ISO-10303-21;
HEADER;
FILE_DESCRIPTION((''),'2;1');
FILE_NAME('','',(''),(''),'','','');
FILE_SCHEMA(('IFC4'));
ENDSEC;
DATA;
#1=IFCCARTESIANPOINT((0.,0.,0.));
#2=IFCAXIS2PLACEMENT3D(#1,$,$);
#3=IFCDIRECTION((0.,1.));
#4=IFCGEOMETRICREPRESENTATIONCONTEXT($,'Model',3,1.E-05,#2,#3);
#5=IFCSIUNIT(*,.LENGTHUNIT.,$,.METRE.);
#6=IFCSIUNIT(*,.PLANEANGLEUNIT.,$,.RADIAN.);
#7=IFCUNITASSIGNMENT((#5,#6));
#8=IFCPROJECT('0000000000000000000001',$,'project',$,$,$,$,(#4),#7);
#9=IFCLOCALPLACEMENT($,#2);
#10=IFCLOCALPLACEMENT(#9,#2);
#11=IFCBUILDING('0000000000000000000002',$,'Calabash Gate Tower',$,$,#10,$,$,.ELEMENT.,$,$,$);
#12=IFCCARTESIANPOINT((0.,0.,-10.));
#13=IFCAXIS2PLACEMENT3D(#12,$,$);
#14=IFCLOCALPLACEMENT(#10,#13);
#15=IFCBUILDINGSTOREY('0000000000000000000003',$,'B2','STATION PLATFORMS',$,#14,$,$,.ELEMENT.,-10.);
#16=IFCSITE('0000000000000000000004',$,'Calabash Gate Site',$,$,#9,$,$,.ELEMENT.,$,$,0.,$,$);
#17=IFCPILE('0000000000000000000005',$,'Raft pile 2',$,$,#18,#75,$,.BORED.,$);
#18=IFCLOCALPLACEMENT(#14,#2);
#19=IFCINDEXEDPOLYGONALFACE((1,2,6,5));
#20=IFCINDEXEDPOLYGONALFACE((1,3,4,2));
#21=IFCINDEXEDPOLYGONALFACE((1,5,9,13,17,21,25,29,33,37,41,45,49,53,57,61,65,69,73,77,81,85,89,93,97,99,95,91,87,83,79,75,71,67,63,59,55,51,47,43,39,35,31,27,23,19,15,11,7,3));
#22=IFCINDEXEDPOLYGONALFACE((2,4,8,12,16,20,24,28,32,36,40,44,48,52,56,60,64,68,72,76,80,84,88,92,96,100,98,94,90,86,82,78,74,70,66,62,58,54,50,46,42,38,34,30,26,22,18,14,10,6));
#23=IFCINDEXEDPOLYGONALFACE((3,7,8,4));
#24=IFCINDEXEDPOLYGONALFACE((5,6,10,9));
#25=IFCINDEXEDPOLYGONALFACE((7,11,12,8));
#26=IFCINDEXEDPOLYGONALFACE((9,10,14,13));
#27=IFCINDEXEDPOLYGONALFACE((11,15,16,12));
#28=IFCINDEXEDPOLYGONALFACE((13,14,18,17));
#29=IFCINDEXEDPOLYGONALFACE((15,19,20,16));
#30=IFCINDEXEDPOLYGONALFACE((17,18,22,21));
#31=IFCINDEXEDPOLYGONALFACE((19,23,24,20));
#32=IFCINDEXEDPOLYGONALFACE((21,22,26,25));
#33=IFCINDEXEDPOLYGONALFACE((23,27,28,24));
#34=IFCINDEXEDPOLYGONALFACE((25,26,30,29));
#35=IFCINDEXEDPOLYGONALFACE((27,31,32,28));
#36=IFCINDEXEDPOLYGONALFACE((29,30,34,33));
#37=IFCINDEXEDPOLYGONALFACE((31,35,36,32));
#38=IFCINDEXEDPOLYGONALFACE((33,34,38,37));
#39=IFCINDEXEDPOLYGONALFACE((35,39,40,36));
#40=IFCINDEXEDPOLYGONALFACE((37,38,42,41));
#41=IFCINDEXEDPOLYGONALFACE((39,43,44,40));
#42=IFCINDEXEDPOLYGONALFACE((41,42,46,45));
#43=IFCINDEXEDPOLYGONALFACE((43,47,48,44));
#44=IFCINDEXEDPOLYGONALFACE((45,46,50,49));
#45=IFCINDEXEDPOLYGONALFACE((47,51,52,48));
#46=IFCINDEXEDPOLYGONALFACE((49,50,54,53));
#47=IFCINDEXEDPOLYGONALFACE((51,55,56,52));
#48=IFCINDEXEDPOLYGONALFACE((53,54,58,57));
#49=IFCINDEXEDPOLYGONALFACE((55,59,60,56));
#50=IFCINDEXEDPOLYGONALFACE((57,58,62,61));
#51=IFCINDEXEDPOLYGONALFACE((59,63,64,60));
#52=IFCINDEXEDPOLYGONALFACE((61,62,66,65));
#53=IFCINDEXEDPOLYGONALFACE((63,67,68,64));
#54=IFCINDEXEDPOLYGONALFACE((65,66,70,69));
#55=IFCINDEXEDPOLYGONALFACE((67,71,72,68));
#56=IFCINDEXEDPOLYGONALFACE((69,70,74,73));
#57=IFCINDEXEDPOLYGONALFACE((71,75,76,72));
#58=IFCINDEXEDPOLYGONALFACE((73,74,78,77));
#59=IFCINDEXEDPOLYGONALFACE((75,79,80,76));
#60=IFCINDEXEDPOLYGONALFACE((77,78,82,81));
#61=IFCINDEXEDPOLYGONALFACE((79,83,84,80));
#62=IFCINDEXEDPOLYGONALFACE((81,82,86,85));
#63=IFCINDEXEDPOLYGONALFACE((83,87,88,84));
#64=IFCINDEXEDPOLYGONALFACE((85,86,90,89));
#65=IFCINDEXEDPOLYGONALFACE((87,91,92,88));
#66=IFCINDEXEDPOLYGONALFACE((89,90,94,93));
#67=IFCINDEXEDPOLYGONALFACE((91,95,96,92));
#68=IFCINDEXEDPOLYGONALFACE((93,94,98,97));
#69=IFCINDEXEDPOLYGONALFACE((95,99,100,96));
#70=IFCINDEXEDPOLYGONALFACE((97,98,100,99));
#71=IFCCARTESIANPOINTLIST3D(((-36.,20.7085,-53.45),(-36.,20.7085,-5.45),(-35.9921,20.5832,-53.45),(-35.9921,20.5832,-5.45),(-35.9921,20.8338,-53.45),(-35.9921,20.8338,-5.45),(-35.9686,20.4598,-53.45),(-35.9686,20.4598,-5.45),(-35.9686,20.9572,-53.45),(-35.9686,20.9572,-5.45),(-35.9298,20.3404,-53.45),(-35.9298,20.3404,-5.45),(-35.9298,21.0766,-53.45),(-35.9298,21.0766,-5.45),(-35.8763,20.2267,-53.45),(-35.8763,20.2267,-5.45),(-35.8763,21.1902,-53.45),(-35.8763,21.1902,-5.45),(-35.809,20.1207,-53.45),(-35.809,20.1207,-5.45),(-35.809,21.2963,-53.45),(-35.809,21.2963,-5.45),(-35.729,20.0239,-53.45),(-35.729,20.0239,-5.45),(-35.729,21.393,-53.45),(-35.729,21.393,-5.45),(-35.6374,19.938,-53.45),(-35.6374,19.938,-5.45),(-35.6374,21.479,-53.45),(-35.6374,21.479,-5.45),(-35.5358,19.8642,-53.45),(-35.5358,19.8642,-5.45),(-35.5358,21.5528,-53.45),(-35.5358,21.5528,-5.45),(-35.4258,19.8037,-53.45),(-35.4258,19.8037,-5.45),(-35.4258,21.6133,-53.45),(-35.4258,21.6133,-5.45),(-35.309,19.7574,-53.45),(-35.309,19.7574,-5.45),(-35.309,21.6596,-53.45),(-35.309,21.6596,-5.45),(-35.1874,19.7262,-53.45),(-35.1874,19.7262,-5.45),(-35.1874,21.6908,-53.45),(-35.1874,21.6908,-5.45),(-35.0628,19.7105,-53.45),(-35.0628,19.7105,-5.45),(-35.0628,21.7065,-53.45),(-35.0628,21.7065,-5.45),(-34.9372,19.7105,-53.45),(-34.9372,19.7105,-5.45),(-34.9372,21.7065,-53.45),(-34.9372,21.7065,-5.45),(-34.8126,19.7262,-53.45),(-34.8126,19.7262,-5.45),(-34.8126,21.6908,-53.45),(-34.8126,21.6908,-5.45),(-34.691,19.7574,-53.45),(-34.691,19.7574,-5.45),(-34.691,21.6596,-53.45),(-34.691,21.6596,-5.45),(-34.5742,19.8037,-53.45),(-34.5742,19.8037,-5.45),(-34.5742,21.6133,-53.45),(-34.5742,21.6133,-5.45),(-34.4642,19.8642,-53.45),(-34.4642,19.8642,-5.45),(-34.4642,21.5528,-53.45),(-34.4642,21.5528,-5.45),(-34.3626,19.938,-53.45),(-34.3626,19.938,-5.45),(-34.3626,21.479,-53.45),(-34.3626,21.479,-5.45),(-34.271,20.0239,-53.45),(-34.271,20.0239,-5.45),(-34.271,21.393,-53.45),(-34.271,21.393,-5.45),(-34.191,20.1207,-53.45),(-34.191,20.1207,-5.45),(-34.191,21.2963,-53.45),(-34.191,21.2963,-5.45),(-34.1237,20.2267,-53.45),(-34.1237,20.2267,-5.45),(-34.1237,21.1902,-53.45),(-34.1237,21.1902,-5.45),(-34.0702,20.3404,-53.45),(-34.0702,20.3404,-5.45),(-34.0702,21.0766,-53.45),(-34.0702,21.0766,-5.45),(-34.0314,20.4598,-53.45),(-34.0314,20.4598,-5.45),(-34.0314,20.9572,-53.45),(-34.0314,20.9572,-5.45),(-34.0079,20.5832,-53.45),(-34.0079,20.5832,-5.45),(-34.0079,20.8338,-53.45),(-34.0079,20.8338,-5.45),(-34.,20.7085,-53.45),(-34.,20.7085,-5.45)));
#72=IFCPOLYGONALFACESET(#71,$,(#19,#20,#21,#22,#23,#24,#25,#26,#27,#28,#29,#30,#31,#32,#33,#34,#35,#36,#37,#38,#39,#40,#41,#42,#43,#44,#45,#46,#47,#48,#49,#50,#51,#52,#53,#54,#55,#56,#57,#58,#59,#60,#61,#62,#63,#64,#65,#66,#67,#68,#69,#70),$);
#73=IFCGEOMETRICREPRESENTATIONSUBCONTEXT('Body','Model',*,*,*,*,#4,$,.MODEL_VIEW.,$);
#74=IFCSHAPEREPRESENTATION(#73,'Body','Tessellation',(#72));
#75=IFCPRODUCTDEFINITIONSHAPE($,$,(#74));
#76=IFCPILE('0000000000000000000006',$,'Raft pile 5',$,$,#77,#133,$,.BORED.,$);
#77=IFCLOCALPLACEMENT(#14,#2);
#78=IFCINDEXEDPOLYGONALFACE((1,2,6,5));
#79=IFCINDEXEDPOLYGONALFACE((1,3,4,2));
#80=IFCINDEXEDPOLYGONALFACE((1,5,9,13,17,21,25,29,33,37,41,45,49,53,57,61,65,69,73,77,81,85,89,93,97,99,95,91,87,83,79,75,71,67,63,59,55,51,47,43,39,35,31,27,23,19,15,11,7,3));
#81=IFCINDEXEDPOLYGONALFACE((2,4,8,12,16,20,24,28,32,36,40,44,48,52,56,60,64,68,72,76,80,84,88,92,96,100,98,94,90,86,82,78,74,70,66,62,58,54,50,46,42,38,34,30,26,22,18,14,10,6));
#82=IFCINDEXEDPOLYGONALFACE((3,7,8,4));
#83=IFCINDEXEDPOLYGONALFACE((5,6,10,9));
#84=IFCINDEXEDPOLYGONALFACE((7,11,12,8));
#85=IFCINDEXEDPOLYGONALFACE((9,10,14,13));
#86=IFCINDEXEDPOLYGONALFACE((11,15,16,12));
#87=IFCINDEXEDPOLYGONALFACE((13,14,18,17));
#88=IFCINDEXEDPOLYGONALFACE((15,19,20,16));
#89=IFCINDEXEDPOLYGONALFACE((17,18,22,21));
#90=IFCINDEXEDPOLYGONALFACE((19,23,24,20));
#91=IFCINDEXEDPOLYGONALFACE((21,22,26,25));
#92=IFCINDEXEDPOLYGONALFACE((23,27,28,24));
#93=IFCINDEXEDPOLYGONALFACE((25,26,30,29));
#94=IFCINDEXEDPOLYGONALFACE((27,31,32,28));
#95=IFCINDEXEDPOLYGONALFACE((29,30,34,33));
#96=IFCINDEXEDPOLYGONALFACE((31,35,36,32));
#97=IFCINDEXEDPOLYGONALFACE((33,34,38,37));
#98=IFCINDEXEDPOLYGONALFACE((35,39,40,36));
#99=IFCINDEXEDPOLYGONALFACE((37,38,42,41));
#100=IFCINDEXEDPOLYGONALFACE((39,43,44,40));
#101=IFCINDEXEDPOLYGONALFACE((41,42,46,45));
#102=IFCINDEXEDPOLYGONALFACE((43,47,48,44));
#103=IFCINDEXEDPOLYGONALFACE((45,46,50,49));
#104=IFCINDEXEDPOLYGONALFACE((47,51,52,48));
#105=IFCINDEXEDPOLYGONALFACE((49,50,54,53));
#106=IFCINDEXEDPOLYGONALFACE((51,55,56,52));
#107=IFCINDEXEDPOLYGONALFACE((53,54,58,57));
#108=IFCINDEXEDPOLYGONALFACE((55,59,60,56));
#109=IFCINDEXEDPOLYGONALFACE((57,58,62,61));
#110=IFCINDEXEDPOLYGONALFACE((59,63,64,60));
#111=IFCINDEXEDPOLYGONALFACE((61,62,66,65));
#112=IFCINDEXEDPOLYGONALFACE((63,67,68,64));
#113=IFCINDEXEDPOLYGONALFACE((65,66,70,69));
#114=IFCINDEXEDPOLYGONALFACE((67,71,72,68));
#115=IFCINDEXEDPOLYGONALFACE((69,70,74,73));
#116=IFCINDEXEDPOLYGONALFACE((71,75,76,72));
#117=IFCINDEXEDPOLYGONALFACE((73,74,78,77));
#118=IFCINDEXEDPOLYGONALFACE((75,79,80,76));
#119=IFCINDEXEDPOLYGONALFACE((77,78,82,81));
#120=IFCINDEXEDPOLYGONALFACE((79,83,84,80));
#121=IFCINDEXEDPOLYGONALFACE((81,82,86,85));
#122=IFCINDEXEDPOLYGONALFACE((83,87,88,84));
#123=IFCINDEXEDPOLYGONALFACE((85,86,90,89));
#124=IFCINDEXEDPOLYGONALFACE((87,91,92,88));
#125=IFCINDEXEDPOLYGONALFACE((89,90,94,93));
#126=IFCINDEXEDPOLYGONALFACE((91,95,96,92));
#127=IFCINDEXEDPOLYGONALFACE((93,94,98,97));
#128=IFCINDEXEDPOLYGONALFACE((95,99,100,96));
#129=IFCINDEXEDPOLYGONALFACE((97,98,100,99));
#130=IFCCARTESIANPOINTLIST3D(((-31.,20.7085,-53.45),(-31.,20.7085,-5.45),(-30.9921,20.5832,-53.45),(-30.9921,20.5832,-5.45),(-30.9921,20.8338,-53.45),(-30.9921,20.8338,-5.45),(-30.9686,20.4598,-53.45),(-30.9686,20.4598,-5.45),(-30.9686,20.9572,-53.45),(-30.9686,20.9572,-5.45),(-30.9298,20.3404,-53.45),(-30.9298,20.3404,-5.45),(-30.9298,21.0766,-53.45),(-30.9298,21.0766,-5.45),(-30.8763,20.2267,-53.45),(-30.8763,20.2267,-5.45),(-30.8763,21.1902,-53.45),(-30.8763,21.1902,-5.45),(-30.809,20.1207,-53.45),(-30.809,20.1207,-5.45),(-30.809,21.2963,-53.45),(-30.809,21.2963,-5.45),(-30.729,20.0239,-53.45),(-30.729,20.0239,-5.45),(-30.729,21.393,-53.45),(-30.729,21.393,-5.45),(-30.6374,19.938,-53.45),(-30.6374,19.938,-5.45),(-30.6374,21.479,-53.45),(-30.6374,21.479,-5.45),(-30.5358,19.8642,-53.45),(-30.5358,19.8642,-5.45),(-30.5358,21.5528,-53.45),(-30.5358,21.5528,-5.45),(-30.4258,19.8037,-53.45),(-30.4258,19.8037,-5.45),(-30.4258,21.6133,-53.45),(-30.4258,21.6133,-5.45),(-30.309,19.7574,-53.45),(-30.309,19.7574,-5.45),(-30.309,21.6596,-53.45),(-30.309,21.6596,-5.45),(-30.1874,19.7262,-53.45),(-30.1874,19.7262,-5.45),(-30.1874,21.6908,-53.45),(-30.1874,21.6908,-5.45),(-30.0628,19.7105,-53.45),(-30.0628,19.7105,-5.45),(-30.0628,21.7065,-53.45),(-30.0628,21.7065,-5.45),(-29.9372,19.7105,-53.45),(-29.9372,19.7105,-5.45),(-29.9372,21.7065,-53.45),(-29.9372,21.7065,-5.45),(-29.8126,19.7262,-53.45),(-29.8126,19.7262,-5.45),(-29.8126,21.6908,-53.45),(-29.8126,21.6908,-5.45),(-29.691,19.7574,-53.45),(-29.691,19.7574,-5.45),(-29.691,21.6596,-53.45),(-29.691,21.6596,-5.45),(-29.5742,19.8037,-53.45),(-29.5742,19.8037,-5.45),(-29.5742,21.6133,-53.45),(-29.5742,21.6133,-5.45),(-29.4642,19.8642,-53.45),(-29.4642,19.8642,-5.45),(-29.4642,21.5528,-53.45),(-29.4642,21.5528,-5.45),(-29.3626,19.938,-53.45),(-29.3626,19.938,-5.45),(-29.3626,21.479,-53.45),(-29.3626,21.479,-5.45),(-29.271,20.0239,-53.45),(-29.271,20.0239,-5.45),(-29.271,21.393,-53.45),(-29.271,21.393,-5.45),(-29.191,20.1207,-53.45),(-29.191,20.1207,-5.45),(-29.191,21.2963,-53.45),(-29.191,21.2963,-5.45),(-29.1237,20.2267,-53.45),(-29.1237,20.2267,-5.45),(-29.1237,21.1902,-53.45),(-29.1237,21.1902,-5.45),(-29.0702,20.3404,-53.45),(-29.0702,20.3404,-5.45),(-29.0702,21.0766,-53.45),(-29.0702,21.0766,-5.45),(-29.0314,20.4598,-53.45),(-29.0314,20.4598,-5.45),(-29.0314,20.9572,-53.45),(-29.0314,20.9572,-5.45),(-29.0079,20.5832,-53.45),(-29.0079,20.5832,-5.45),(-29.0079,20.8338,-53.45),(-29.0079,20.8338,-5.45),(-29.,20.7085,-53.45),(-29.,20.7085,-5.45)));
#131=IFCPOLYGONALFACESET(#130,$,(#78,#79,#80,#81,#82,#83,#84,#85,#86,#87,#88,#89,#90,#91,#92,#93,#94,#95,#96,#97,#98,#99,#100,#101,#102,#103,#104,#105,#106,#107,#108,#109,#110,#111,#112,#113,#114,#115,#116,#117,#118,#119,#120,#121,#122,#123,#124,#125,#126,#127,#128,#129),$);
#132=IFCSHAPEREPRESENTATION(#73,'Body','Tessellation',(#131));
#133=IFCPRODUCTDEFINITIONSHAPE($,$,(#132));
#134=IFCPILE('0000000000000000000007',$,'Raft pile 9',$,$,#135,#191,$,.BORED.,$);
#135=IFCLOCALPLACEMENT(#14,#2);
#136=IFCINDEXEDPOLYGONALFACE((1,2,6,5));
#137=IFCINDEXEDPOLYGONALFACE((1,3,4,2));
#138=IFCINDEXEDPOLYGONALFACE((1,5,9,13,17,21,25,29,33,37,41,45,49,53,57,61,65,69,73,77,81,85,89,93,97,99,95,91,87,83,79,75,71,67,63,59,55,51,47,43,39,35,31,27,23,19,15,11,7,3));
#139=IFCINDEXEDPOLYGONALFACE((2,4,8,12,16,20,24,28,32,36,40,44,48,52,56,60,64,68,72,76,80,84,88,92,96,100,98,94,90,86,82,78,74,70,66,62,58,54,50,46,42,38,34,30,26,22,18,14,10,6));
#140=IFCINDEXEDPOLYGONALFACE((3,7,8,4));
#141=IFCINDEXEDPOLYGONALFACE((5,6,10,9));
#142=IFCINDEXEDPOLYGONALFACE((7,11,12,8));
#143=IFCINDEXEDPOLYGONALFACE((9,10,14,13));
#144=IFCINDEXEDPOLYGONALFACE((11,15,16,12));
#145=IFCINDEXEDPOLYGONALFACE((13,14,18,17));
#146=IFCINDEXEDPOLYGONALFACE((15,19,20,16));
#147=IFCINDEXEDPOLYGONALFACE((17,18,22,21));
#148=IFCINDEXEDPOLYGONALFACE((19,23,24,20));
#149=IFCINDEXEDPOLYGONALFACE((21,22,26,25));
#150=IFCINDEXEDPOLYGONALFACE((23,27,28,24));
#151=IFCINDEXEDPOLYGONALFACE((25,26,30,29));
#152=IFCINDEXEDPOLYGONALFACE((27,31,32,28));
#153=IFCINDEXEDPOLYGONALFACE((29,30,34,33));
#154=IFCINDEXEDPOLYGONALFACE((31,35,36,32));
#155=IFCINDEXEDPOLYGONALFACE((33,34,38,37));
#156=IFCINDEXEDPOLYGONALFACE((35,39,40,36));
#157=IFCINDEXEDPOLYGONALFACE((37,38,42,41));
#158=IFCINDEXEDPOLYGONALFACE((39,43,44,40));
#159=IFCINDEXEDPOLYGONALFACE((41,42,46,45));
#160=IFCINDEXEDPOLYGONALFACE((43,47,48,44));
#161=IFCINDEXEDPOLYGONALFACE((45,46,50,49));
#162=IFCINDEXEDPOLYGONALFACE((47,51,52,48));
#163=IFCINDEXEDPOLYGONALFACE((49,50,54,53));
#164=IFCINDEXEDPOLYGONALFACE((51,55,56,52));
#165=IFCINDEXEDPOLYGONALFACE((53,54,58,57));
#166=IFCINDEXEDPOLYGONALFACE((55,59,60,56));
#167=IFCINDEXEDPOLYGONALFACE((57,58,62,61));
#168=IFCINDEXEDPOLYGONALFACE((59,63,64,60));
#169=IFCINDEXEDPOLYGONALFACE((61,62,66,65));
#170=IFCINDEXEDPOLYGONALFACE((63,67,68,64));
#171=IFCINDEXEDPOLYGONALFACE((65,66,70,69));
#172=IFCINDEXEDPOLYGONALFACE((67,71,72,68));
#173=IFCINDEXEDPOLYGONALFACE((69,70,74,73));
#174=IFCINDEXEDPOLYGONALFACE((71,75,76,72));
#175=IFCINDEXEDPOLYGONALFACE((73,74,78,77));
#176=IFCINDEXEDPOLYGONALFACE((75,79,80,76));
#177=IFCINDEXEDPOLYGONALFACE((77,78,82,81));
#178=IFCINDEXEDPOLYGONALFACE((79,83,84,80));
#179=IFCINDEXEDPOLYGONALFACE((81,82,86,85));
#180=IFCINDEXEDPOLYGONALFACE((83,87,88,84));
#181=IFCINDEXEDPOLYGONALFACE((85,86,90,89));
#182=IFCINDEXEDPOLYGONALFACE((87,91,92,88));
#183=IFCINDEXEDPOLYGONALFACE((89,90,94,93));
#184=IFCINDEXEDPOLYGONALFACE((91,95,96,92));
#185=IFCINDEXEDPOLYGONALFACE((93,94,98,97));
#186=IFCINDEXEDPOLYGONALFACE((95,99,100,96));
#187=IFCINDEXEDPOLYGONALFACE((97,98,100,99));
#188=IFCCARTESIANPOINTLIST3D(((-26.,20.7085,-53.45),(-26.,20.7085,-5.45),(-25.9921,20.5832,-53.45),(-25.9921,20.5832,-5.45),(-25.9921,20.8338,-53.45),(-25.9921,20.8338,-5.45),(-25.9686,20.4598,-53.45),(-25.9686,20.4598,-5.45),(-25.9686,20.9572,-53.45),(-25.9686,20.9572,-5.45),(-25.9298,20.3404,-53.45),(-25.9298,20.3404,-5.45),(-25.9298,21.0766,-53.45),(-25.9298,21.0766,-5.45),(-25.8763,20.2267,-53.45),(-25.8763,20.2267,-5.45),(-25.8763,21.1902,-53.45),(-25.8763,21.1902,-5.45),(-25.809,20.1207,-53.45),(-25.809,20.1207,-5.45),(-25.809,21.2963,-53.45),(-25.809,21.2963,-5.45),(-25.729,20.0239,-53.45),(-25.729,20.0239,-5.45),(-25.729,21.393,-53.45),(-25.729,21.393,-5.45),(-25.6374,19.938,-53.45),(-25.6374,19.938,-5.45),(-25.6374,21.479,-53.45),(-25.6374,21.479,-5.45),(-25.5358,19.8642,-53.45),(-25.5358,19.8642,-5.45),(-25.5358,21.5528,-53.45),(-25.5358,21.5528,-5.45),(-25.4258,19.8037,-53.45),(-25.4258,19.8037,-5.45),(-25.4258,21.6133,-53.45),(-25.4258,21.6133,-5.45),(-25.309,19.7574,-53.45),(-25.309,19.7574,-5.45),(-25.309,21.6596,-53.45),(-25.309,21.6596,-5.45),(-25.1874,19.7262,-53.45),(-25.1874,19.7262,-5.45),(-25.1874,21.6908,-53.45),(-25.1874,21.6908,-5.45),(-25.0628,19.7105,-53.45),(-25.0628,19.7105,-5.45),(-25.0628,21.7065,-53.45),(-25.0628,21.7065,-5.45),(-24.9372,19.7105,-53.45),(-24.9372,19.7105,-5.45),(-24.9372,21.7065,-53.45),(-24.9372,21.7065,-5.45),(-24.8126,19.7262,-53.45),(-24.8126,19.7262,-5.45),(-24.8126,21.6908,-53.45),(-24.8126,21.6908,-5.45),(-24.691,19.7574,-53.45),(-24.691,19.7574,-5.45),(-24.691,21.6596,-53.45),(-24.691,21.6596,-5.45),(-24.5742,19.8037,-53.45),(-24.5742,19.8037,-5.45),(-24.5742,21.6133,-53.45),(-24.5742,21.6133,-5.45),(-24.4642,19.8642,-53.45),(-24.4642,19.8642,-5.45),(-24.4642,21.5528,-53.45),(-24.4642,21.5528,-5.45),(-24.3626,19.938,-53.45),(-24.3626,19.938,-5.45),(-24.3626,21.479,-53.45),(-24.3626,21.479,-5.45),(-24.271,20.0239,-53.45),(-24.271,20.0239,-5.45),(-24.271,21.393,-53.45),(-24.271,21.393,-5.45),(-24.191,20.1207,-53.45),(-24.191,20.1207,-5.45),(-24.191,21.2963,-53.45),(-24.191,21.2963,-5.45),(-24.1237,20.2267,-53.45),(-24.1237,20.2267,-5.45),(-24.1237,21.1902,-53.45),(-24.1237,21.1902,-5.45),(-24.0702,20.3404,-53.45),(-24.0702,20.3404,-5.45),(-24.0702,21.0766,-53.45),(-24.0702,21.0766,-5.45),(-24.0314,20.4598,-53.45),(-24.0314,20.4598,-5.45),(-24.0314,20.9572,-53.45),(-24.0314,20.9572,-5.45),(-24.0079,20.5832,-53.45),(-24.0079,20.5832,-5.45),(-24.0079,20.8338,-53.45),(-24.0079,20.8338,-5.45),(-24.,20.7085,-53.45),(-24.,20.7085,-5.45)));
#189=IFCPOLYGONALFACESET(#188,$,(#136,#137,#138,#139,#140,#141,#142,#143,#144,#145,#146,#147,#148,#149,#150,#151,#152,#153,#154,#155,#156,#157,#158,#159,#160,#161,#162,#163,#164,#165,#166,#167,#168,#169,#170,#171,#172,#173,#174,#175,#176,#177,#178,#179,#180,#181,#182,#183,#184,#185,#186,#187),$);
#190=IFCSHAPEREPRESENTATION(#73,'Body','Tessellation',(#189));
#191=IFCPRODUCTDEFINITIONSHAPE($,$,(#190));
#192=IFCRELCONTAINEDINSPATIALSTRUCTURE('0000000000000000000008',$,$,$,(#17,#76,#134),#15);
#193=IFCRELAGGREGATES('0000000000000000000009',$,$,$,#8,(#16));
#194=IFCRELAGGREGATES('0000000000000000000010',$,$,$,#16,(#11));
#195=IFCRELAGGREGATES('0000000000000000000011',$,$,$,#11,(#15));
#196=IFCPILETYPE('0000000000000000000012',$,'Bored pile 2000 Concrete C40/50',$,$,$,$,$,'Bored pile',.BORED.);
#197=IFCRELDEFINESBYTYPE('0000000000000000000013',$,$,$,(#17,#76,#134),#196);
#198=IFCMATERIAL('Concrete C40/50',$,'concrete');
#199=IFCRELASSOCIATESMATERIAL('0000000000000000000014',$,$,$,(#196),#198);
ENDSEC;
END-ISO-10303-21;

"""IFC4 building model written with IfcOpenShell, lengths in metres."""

from ifc_helpers import new_model, si_unit, direction, frame, origin, origin_2d, place, context, subcontext, project, spatial, circle, extrude, material, material_profile, profile_set, type_object, element, save


model = new_model("IFC4")

# Units and contexts
model_context = context("Model", 3, precision=1e-05, world=origin(), true_north=direction((0.0, 1.0)))
body_context = subcontext(model_context, "Body", "Model", "MODEL_VIEW")
ifc_project = project(units=[si_unit("LENGTHUNIT", "METRE"), si_unit("PLANEANGLEUNIT", "RADIAN")], contexts=[model_context])

# Site, building, storey
site_placement = place(None, origin())
site = spatial("IfcSite", under=ifc_project, at=site_placement, Name="Calabash Gate Site", CompositionType="ELEMENT", RefElevation=0.0)
building_placement = place(site_placement, origin())
building = spatial("IfcBuilding", under=site, at=building_placement, Name="Calabash Gate Tower", CompositionType="ELEMENT")
storey_placement = place(building_placement, frame((0.0, 0.0, -10.0)))
storey = spatial("IfcBuildingStorey", under=building, at=storey_placement, Name="B2", Description="STATION PLATFORMS", CompositionType="ELEMENT", Elevation=-10.0)

# Piles
ifc_material_1 = material(Name="Concrete C40/50", Category="concrete")
ifc_material_profile_1 = material_profile(ifc_material_1, circle(Radius=1.0, at=origin_2d()))
ifc_profile_set_1 = profile_set([ifc_material_profile_1], Name="Concrete C40/50")
pile_type = type_object("IfcPileType", Name="Bored pile 2000 Concrete C40/50", ElementType="Bored pile", PredefinedType="BORED", material=ifc_profile_set_1)
for number, where, z_axis, x_axis, name in (
    (1, (-35.0, 20.7085, -5.45), (0.0, 0.0, -1.0), (1.0, 0.0, 0.0), "Raft pile 2"),
    (2, (-30.0, 20.7085, -5.45), (0.0, 0.0, -1.0), (1.0, 0.0, 0.0), "Raft pile 5"),
    (3, (-25.0, 20.7085, -5.45), (0.0, 0.0, -1.0), (1.0, 0.0, 0.0), "Raft pile 9"),
):
    element("IfcPile", number, at=place(storey_placement, frame(where, z_axis=z_axis, x_axis=x_axis)), inside=storey, type_object=pile_type, Name=name, PredefinedType="BORED", context=body_context, shape_type="SweptSolid", body=[
        extrude(circle(Radius=1.0, at=origin_2d()), origin(), (0.0, 0.0, 1.0), 48.0),
    ])

save(model, "model.ifc")
